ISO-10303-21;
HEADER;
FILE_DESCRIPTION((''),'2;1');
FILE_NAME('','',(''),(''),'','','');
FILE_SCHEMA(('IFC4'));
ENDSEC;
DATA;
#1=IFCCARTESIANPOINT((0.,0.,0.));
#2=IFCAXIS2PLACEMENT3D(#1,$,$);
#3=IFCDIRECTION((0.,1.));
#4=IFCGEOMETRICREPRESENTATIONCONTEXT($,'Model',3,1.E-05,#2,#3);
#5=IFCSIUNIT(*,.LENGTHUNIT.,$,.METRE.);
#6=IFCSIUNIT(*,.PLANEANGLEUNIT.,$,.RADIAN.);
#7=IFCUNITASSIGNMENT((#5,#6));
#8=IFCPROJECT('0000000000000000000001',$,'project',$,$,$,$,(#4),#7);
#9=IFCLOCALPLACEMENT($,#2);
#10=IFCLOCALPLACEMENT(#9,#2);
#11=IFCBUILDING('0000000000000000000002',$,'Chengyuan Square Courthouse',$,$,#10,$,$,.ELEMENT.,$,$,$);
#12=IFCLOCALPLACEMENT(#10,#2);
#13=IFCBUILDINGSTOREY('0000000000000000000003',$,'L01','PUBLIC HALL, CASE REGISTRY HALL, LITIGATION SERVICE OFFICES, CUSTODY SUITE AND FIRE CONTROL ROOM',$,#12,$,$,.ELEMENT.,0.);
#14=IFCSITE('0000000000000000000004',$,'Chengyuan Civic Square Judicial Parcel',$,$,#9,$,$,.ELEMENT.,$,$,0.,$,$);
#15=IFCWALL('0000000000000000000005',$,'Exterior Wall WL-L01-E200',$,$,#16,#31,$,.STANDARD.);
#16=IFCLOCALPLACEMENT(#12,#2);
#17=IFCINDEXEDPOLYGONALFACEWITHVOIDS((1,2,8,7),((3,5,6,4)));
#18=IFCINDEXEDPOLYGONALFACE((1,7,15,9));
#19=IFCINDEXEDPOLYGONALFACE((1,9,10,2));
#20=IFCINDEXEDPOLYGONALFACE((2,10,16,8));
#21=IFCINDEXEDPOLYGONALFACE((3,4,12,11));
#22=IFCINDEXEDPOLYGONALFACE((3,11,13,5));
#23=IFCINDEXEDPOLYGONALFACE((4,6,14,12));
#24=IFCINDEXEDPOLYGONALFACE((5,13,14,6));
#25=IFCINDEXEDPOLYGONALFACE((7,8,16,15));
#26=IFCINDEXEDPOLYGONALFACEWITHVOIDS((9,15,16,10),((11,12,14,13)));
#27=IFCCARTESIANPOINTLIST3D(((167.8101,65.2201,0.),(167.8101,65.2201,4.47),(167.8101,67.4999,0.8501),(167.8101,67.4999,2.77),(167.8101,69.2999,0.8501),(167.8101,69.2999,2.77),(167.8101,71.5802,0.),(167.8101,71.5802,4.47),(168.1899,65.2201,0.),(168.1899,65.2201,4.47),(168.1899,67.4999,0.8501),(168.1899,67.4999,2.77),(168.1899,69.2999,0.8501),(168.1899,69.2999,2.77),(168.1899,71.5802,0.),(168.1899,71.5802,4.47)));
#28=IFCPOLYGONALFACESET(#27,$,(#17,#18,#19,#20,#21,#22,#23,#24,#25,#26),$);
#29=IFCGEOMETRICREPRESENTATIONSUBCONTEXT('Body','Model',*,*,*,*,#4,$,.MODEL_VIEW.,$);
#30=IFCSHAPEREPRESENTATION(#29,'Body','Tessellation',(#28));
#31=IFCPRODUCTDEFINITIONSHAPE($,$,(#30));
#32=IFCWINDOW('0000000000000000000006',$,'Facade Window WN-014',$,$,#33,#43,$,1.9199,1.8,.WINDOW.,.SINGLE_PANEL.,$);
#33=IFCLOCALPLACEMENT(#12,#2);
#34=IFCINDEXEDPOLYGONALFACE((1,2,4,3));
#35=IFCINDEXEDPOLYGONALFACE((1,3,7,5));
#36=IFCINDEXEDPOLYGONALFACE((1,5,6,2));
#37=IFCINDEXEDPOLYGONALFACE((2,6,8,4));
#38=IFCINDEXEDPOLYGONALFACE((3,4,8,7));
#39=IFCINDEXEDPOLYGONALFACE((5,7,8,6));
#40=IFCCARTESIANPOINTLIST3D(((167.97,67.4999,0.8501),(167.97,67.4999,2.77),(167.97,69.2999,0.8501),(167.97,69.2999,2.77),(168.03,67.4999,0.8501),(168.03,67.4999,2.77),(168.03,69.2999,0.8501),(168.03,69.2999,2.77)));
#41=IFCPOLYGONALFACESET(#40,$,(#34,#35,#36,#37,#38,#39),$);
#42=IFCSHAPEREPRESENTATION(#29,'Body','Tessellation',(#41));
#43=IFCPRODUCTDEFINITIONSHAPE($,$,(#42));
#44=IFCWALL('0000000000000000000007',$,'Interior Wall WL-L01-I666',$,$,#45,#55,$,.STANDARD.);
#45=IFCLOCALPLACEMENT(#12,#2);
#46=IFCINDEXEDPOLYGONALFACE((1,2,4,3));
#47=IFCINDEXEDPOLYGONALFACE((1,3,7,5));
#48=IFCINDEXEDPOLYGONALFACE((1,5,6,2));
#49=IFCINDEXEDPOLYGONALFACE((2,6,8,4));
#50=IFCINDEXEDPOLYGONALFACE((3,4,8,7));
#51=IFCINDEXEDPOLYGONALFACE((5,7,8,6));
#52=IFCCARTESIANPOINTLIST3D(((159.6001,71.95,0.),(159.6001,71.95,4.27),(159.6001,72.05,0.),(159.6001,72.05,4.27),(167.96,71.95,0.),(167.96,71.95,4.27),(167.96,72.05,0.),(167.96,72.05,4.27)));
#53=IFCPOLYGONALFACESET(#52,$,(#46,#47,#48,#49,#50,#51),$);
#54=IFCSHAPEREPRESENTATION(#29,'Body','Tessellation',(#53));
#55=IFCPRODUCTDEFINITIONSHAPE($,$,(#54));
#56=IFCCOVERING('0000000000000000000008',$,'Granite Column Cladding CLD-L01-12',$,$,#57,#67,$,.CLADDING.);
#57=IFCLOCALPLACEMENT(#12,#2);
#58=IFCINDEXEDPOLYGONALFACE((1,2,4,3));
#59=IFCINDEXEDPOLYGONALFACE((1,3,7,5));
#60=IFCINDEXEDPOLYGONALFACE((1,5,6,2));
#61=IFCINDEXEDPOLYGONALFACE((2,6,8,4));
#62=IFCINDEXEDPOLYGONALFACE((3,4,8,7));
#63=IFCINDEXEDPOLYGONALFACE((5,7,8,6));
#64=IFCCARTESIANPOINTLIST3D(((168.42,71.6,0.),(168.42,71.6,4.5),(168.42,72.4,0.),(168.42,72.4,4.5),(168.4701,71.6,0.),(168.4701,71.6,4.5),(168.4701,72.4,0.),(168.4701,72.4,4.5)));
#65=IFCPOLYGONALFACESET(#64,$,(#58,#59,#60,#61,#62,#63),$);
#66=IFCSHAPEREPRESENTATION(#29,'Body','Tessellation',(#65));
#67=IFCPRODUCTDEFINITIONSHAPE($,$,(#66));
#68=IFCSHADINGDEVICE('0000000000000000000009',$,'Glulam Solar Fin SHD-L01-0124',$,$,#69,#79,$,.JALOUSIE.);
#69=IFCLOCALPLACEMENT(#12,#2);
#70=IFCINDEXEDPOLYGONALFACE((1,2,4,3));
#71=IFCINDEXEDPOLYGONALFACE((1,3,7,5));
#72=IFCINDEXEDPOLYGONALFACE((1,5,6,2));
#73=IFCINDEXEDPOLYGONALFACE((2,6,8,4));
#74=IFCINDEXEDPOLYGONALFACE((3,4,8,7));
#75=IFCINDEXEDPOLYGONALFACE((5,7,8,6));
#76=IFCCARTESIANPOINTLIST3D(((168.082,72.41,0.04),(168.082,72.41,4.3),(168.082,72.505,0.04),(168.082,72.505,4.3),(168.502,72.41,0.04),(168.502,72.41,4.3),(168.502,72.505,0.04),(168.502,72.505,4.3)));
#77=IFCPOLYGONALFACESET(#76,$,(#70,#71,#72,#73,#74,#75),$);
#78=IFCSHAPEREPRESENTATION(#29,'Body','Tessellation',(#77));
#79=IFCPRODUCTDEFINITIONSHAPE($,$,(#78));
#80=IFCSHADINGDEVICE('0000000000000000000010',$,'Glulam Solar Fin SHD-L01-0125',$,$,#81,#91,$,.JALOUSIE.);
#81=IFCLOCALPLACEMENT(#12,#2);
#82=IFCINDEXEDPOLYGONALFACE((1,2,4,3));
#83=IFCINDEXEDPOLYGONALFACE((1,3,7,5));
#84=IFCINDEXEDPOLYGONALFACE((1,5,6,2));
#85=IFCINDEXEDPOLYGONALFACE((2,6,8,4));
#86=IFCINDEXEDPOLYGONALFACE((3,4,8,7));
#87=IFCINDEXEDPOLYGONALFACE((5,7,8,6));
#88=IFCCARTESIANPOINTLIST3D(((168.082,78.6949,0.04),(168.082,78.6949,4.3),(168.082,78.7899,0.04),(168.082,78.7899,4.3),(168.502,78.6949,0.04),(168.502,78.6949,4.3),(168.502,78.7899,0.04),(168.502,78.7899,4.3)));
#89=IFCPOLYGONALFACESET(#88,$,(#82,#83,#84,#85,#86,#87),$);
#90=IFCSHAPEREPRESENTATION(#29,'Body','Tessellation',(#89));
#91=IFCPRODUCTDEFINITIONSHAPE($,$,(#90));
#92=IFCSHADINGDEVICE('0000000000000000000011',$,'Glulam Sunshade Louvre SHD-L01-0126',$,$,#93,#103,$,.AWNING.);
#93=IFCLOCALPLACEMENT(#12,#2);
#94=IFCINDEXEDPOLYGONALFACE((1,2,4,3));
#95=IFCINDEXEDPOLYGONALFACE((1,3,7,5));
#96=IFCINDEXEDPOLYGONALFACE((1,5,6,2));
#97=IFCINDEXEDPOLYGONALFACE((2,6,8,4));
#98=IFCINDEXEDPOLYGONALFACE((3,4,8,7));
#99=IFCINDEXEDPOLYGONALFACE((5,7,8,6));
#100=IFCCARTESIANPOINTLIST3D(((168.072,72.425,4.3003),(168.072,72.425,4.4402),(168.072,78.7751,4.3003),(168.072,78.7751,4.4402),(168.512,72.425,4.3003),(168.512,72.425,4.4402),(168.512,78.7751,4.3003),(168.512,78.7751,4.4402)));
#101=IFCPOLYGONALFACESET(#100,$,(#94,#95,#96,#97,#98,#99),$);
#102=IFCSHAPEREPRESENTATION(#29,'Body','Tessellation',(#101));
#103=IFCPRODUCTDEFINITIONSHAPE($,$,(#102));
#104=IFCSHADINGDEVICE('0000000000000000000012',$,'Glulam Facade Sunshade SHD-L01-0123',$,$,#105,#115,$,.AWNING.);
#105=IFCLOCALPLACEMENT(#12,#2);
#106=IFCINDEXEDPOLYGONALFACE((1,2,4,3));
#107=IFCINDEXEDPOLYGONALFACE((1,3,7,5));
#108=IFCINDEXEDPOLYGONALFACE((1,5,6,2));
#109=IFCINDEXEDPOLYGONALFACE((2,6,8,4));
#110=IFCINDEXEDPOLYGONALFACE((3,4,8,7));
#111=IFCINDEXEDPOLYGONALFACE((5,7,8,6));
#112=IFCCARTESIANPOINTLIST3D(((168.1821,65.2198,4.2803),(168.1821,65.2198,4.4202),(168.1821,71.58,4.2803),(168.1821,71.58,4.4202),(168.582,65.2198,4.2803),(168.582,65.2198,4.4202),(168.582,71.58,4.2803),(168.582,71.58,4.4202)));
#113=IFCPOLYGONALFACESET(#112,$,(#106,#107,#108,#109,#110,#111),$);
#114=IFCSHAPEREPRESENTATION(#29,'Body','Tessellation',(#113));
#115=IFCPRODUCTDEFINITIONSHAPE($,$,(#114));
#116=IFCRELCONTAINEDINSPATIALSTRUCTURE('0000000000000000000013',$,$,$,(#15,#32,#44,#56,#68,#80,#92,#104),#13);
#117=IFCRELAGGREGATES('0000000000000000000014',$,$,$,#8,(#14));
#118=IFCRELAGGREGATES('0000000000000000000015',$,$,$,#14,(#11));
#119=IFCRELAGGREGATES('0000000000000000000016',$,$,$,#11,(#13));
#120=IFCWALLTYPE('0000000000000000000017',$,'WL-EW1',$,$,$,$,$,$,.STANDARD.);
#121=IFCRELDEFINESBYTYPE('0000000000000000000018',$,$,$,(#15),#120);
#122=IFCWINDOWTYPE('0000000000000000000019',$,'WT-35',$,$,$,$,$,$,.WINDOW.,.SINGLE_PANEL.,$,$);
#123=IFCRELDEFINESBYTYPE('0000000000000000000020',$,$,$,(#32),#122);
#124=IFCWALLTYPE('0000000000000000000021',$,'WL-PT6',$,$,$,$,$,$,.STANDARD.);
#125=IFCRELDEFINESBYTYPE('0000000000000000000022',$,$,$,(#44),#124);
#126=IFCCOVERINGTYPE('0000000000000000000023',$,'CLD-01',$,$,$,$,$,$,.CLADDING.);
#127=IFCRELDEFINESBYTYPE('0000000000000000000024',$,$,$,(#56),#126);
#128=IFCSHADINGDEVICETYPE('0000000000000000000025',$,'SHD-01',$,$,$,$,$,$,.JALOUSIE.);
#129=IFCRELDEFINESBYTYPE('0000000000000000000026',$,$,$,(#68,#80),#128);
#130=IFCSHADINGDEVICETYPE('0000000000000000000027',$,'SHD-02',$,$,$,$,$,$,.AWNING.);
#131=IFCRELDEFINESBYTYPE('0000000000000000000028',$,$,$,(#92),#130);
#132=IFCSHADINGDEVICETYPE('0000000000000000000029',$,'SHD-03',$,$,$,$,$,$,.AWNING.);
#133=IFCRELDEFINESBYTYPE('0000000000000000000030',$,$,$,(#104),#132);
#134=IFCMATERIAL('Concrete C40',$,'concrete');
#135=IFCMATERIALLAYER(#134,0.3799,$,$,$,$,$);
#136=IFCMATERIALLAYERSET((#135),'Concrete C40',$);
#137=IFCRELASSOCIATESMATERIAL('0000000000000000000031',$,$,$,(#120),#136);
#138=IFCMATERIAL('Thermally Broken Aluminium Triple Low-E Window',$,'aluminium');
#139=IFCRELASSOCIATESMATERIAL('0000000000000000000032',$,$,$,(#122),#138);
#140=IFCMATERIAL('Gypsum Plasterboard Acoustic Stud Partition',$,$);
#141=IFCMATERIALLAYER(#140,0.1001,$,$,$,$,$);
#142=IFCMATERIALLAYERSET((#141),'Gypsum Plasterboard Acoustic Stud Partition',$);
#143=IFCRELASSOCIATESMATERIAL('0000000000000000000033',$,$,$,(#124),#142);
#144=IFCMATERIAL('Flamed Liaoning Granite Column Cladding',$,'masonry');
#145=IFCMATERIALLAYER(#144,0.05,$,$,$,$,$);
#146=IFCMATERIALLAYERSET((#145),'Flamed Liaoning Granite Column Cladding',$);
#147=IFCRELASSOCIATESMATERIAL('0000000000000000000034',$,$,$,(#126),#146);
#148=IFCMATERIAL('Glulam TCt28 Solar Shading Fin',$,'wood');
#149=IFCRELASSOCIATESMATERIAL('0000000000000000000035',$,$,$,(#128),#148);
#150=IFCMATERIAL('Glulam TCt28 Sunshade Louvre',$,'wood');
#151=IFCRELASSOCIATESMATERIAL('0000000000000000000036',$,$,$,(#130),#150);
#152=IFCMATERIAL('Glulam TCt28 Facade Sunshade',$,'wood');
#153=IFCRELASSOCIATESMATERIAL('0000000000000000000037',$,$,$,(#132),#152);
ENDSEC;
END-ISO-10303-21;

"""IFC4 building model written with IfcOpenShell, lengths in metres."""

from ifc_helpers import new_model, si_unit, direction, frame, frame_2d, origin, origin_2d, place, context, subcontext, project, spatial, rectangle, extrude, material, layer, layer_set, type_object, element, fill, save


model = new_model("IFC4")

# Units and contexts
model_context = context("Model", 3, precision=1e-05, world=origin(), true_north=direction((0.0, 1.0)))
body_context = subcontext(model_context, "Body", "Model", "MODEL_VIEW")
ifc_project = project(units=[si_unit("LENGTHUNIT", "METRE"), si_unit("PLANEANGLEUNIT", "RADIAN")], contexts=[model_context])

# Site, building, storey
site_placement = place(None, origin())
site = spatial("IfcSite", under=ifc_project, at=site_placement, Name="Chengyuan Civic Square Judicial Parcel", CompositionType="ELEMENT", RefElevation=0.0)
building_placement = place(site_placement, origin())
building = spatial("IfcBuilding", under=site, at=building_placement, Name="Chengyuan Square Courthouse", CompositionType="ELEMENT")
storey_placement = place(building_placement, origin())
storey = spatial("IfcBuildingStorey", under=building, at=storey_placement, Name="L01", Description="PUBLIC HALL, CASE REGISTRY HALL, LITIGATION SERVICE OFFICES, CUSTODY SUITE AND FIRE CONTROL ROOM", CompositionType="ELEMENT", Elevation=0.0)

# Shared definitions
ifc_material_1 = material(Name="Concrete C40", Category="concrete")

# Wall, opening, window
ifc_layer_1 = layer(ifc_material_1, 0.3799)
ifc_layer_set_1 = layer_set([ifc_layer_1], Name="Concrete C40")
wall_type_1 = type_object("IfcWallType", Name="WL-EW1", PredefinedType="STANDARD", material=ifc_layer_set_1)
wall_1_placement = place(storey_placement, frame((168.0, 65.22, 0.0), z_axis=(0.0, 0.0, 1.0), x_axis=(0.0, 1.0, 0.0)))
wall_1 = element("IfcWall", 1, at=wall_1_placement, inside=storey, type_object=wall_type_1, Name="Exterior Wall WL-L01-E200", PredefinedType="STANDARD", context=body_context, shape_type="SweptSolid", body=[
    extrude(rectangle(XDim=6.3601, YDim=0.3799, at=frame_2d((3.1802, 0.0))), origin(), (0.0, 0.0, 1.0), 4.47),
])
opening_placement = place(wall_1_placement, frame((2.28, 0.0, 0.8501)))
opening = element("IfcOpeningElement", 2, at=opening_placement, cuts=wall_1, PredefinedType="OPENING", context=body_context, shape_type="SweptSolid", body=[
    extrude(rectangle(XDim=1.8, YDim=1.9199, at=frame_2d((0.8999, 0.96))), frame((0.0, 0.2019, 0.0), z_axis=(0.0, -1.0, 0.0), x_axis=(1.0, 0.0, 0.0)), (0.0, 0.0, 1.0), 0.4038),
])
ifc_material_2 = material(Name="Thermally Broken Aluminium Triple Low-E Window", Category="aluminium")
window_type = type_object("IfcWindowType", Name="WT-35", PartitioningType="SINGLE_PANEL", PredefinedType="WINDOW", material=ifc_material_2)
window_placement = place(opening_placement, origin())
window = element("IfcWindow", 3, at=window_placement, inside=storey, type_object=window_type, Name="Facade Window WN-014", OverallHeight=1.9199, OverallWidth=1.8, PartitioningType="SINGLE_PANEL", PredefinedType="WINDOW", context=body_context, shape_type="SweptSolid", body=[
    extrude(rectangle(XDim=1.8, YDim=1.9199, at=frame_2d((0.8999, 0.96))), frame((0.0, 0.03, 0.0), z_axis=(0.0, -1.0, 0.0), x_axis=(1.0, 0.0, 0.0)), (0.0, 0.0, 1.0), 0.0601),
])
fill(opening, window)

# Wall
ifc_material_3 = material(Name="Gypsum Plasterboard Acoustic Stud Partition")
ifc_layer_2 = layer(ifc_material_3, 0.1001)
ifc_layer_set_2 = layer_set([ifc_layer_2], Name="Gypsum Plasterboard Acoustic Stud Partition")
wall_type_2 = type_object("IfcWallType", Name="WL-PT6", PredefinedType="STANDARD", material=ifc_layer_set_2)
wall_2_placement = place(storey_placement, frame((159.6001, 72.0, 0.0), z_axis=(0.0, 0.0, 1.0), x_axis=(1.0, 0.0, 0.0)))
element("IfcWall", 4, at=wall_2_placement, inside=storey, type_object=wall_type_2, Name="Interior Wall WL-L01-I666", PredefinedType="STANDARD", context=body_context, shape_type="SweptSolid", body=[
    extrude(rectangle(XDim=8.3599, YDim=0.1001, at=frame_2d((4.1799, 0.0))), origin(), (0.0, 0.0, 1.0), 4.27),
])

# Covering
ifc_material_4 = material(Name="Flamed Liaoning Granite Column Cladding", Category="masonry")
ifc_layer_3 = layer(ifc_material_4, 0.05)
ifc_layer_set_3 = layer_set([ifc_layer_3], Name="Flamed Liaoning Granite Column Cladding")
covering_type = type_object("IfcCoveringType", Name="CLD-01", PredefinedType="CLADDING", material=ifc_layer_set_3)
covering_placement = place(storey_placement, frame((168.4451, 72.0, 0.0), z_axis=(0.0, 0.0, 1.0), x_axis=(1.0, 0.0, 0.0)))
element("IfcCovering", 5, at=covering_placement, inside=storey, type_object=covering_type, Name="Granite Column Cladding CLD-L01-12", PredefinedType="CLADDING", context=body_context, shape_type="SweptSolid", body=[
    extrude(rectangle(XDim=0.05, YDim=0.8, at=origin_2d()), origin(), (0.0, 0.0, 1.0), 4.5),
])

# Shading devices
ifc_material_5 = material(Name="Glulam TCt28 Solar Shading Fin", Category="wood")
shading_device_type_1 = type_object("IfcShadingDeviceType", Name="SHD-01", PredefinedType="JALOUSIE", material=ifc_material_5)
for number, where, z_axis, x_axis, name in (
    (6, (168.292, 72.4575, 0.04), (0.0, 0.0, 1.0), (1.0, 0.0, 0.0), "Glulam Solar Fin SHD-L01-0124"),
    (7, (168.292, 78.7424, 0.04), (0.0, 0.0, 1.0), (1.0, 0.0, 0.0), "Glulam Solar Fin SHD-L01-0125"),
):
    element("IfcShadingDevice", number, at=place(storey_placement, frame(where, z_axis=z_axis, x_axis=x_axis)), inside=storey, type_object=shading_device_type_1, Name=name, PredefinedType="JALOUSIE", context=body_context, shape_type="SweptSolid", body=[
        extrude(rectangle(XDim=0.4199, YDim=0.095, at=origin_2d()), origin(), (0.0, 0.0, 1.0), 4.26),
    ])
ifc_material_6 = material(Name="Glulam TCt28 Sunshade Louvre", Category="wood")
shading_device_type_2 = type_object("IfcShadingDeviceType", Name="SHD-02", PredefinedType="AWNING", material=ifc_material_6)
shading_device_1_placement = place(storey_placement, frame((168.292, 75.6001, 4.3003), z_axis=(0.0, 0.0, 1.0), x_axis=(0.0, 1.0, 0.0)))
element("IfcShadingDevice", 8, at=shading_device_1_placement, inside=storey, type_object=shading_device_type_2, Name="Glulam Sunshade Louvre SHD-L01-0126", PredefinedType="AWNING", context=body_context, shape_type="SweptSolid", body=[
    extrude(rectangle(XDim=6.3501, YDim=0.4399, at=origin_2d()), origin(), (0.0, 0.0, 1.0), 0.1399),
])
ifc_material_7 = material(Name="Glulam TCt28 Facade Sunshade", Category="wood")
shading_device_type_3 = type_object("IfcShadingDeviceType", Name="SHD-03", PredefinedType="AWNING", material=ifc_material_7)
shading_device_2_placement = place(storey_placement, frame((168.3821, 68.3999, 4.2803), z_axis=(0.0, 0.0, 1.0), x_axis=(0.0, 1.0, 0.0)))
element("IfcShadingDevice", 9, at=shading_device_2_placement, inside=storey, type_object=shading_device_type_3, Name="Glulam Facade Sunshade SHD-L01-0123", PredefinedType="AWNING", context=body_context, shape_type="SweptSolid", body=[
    extrude(rectangle(XDim=6.3601, YDim=0.3999, at=origin_2d()), origin(), (0.0, 0.0, 1.0), 0.1399),
])

save(model, "model.ifc")
